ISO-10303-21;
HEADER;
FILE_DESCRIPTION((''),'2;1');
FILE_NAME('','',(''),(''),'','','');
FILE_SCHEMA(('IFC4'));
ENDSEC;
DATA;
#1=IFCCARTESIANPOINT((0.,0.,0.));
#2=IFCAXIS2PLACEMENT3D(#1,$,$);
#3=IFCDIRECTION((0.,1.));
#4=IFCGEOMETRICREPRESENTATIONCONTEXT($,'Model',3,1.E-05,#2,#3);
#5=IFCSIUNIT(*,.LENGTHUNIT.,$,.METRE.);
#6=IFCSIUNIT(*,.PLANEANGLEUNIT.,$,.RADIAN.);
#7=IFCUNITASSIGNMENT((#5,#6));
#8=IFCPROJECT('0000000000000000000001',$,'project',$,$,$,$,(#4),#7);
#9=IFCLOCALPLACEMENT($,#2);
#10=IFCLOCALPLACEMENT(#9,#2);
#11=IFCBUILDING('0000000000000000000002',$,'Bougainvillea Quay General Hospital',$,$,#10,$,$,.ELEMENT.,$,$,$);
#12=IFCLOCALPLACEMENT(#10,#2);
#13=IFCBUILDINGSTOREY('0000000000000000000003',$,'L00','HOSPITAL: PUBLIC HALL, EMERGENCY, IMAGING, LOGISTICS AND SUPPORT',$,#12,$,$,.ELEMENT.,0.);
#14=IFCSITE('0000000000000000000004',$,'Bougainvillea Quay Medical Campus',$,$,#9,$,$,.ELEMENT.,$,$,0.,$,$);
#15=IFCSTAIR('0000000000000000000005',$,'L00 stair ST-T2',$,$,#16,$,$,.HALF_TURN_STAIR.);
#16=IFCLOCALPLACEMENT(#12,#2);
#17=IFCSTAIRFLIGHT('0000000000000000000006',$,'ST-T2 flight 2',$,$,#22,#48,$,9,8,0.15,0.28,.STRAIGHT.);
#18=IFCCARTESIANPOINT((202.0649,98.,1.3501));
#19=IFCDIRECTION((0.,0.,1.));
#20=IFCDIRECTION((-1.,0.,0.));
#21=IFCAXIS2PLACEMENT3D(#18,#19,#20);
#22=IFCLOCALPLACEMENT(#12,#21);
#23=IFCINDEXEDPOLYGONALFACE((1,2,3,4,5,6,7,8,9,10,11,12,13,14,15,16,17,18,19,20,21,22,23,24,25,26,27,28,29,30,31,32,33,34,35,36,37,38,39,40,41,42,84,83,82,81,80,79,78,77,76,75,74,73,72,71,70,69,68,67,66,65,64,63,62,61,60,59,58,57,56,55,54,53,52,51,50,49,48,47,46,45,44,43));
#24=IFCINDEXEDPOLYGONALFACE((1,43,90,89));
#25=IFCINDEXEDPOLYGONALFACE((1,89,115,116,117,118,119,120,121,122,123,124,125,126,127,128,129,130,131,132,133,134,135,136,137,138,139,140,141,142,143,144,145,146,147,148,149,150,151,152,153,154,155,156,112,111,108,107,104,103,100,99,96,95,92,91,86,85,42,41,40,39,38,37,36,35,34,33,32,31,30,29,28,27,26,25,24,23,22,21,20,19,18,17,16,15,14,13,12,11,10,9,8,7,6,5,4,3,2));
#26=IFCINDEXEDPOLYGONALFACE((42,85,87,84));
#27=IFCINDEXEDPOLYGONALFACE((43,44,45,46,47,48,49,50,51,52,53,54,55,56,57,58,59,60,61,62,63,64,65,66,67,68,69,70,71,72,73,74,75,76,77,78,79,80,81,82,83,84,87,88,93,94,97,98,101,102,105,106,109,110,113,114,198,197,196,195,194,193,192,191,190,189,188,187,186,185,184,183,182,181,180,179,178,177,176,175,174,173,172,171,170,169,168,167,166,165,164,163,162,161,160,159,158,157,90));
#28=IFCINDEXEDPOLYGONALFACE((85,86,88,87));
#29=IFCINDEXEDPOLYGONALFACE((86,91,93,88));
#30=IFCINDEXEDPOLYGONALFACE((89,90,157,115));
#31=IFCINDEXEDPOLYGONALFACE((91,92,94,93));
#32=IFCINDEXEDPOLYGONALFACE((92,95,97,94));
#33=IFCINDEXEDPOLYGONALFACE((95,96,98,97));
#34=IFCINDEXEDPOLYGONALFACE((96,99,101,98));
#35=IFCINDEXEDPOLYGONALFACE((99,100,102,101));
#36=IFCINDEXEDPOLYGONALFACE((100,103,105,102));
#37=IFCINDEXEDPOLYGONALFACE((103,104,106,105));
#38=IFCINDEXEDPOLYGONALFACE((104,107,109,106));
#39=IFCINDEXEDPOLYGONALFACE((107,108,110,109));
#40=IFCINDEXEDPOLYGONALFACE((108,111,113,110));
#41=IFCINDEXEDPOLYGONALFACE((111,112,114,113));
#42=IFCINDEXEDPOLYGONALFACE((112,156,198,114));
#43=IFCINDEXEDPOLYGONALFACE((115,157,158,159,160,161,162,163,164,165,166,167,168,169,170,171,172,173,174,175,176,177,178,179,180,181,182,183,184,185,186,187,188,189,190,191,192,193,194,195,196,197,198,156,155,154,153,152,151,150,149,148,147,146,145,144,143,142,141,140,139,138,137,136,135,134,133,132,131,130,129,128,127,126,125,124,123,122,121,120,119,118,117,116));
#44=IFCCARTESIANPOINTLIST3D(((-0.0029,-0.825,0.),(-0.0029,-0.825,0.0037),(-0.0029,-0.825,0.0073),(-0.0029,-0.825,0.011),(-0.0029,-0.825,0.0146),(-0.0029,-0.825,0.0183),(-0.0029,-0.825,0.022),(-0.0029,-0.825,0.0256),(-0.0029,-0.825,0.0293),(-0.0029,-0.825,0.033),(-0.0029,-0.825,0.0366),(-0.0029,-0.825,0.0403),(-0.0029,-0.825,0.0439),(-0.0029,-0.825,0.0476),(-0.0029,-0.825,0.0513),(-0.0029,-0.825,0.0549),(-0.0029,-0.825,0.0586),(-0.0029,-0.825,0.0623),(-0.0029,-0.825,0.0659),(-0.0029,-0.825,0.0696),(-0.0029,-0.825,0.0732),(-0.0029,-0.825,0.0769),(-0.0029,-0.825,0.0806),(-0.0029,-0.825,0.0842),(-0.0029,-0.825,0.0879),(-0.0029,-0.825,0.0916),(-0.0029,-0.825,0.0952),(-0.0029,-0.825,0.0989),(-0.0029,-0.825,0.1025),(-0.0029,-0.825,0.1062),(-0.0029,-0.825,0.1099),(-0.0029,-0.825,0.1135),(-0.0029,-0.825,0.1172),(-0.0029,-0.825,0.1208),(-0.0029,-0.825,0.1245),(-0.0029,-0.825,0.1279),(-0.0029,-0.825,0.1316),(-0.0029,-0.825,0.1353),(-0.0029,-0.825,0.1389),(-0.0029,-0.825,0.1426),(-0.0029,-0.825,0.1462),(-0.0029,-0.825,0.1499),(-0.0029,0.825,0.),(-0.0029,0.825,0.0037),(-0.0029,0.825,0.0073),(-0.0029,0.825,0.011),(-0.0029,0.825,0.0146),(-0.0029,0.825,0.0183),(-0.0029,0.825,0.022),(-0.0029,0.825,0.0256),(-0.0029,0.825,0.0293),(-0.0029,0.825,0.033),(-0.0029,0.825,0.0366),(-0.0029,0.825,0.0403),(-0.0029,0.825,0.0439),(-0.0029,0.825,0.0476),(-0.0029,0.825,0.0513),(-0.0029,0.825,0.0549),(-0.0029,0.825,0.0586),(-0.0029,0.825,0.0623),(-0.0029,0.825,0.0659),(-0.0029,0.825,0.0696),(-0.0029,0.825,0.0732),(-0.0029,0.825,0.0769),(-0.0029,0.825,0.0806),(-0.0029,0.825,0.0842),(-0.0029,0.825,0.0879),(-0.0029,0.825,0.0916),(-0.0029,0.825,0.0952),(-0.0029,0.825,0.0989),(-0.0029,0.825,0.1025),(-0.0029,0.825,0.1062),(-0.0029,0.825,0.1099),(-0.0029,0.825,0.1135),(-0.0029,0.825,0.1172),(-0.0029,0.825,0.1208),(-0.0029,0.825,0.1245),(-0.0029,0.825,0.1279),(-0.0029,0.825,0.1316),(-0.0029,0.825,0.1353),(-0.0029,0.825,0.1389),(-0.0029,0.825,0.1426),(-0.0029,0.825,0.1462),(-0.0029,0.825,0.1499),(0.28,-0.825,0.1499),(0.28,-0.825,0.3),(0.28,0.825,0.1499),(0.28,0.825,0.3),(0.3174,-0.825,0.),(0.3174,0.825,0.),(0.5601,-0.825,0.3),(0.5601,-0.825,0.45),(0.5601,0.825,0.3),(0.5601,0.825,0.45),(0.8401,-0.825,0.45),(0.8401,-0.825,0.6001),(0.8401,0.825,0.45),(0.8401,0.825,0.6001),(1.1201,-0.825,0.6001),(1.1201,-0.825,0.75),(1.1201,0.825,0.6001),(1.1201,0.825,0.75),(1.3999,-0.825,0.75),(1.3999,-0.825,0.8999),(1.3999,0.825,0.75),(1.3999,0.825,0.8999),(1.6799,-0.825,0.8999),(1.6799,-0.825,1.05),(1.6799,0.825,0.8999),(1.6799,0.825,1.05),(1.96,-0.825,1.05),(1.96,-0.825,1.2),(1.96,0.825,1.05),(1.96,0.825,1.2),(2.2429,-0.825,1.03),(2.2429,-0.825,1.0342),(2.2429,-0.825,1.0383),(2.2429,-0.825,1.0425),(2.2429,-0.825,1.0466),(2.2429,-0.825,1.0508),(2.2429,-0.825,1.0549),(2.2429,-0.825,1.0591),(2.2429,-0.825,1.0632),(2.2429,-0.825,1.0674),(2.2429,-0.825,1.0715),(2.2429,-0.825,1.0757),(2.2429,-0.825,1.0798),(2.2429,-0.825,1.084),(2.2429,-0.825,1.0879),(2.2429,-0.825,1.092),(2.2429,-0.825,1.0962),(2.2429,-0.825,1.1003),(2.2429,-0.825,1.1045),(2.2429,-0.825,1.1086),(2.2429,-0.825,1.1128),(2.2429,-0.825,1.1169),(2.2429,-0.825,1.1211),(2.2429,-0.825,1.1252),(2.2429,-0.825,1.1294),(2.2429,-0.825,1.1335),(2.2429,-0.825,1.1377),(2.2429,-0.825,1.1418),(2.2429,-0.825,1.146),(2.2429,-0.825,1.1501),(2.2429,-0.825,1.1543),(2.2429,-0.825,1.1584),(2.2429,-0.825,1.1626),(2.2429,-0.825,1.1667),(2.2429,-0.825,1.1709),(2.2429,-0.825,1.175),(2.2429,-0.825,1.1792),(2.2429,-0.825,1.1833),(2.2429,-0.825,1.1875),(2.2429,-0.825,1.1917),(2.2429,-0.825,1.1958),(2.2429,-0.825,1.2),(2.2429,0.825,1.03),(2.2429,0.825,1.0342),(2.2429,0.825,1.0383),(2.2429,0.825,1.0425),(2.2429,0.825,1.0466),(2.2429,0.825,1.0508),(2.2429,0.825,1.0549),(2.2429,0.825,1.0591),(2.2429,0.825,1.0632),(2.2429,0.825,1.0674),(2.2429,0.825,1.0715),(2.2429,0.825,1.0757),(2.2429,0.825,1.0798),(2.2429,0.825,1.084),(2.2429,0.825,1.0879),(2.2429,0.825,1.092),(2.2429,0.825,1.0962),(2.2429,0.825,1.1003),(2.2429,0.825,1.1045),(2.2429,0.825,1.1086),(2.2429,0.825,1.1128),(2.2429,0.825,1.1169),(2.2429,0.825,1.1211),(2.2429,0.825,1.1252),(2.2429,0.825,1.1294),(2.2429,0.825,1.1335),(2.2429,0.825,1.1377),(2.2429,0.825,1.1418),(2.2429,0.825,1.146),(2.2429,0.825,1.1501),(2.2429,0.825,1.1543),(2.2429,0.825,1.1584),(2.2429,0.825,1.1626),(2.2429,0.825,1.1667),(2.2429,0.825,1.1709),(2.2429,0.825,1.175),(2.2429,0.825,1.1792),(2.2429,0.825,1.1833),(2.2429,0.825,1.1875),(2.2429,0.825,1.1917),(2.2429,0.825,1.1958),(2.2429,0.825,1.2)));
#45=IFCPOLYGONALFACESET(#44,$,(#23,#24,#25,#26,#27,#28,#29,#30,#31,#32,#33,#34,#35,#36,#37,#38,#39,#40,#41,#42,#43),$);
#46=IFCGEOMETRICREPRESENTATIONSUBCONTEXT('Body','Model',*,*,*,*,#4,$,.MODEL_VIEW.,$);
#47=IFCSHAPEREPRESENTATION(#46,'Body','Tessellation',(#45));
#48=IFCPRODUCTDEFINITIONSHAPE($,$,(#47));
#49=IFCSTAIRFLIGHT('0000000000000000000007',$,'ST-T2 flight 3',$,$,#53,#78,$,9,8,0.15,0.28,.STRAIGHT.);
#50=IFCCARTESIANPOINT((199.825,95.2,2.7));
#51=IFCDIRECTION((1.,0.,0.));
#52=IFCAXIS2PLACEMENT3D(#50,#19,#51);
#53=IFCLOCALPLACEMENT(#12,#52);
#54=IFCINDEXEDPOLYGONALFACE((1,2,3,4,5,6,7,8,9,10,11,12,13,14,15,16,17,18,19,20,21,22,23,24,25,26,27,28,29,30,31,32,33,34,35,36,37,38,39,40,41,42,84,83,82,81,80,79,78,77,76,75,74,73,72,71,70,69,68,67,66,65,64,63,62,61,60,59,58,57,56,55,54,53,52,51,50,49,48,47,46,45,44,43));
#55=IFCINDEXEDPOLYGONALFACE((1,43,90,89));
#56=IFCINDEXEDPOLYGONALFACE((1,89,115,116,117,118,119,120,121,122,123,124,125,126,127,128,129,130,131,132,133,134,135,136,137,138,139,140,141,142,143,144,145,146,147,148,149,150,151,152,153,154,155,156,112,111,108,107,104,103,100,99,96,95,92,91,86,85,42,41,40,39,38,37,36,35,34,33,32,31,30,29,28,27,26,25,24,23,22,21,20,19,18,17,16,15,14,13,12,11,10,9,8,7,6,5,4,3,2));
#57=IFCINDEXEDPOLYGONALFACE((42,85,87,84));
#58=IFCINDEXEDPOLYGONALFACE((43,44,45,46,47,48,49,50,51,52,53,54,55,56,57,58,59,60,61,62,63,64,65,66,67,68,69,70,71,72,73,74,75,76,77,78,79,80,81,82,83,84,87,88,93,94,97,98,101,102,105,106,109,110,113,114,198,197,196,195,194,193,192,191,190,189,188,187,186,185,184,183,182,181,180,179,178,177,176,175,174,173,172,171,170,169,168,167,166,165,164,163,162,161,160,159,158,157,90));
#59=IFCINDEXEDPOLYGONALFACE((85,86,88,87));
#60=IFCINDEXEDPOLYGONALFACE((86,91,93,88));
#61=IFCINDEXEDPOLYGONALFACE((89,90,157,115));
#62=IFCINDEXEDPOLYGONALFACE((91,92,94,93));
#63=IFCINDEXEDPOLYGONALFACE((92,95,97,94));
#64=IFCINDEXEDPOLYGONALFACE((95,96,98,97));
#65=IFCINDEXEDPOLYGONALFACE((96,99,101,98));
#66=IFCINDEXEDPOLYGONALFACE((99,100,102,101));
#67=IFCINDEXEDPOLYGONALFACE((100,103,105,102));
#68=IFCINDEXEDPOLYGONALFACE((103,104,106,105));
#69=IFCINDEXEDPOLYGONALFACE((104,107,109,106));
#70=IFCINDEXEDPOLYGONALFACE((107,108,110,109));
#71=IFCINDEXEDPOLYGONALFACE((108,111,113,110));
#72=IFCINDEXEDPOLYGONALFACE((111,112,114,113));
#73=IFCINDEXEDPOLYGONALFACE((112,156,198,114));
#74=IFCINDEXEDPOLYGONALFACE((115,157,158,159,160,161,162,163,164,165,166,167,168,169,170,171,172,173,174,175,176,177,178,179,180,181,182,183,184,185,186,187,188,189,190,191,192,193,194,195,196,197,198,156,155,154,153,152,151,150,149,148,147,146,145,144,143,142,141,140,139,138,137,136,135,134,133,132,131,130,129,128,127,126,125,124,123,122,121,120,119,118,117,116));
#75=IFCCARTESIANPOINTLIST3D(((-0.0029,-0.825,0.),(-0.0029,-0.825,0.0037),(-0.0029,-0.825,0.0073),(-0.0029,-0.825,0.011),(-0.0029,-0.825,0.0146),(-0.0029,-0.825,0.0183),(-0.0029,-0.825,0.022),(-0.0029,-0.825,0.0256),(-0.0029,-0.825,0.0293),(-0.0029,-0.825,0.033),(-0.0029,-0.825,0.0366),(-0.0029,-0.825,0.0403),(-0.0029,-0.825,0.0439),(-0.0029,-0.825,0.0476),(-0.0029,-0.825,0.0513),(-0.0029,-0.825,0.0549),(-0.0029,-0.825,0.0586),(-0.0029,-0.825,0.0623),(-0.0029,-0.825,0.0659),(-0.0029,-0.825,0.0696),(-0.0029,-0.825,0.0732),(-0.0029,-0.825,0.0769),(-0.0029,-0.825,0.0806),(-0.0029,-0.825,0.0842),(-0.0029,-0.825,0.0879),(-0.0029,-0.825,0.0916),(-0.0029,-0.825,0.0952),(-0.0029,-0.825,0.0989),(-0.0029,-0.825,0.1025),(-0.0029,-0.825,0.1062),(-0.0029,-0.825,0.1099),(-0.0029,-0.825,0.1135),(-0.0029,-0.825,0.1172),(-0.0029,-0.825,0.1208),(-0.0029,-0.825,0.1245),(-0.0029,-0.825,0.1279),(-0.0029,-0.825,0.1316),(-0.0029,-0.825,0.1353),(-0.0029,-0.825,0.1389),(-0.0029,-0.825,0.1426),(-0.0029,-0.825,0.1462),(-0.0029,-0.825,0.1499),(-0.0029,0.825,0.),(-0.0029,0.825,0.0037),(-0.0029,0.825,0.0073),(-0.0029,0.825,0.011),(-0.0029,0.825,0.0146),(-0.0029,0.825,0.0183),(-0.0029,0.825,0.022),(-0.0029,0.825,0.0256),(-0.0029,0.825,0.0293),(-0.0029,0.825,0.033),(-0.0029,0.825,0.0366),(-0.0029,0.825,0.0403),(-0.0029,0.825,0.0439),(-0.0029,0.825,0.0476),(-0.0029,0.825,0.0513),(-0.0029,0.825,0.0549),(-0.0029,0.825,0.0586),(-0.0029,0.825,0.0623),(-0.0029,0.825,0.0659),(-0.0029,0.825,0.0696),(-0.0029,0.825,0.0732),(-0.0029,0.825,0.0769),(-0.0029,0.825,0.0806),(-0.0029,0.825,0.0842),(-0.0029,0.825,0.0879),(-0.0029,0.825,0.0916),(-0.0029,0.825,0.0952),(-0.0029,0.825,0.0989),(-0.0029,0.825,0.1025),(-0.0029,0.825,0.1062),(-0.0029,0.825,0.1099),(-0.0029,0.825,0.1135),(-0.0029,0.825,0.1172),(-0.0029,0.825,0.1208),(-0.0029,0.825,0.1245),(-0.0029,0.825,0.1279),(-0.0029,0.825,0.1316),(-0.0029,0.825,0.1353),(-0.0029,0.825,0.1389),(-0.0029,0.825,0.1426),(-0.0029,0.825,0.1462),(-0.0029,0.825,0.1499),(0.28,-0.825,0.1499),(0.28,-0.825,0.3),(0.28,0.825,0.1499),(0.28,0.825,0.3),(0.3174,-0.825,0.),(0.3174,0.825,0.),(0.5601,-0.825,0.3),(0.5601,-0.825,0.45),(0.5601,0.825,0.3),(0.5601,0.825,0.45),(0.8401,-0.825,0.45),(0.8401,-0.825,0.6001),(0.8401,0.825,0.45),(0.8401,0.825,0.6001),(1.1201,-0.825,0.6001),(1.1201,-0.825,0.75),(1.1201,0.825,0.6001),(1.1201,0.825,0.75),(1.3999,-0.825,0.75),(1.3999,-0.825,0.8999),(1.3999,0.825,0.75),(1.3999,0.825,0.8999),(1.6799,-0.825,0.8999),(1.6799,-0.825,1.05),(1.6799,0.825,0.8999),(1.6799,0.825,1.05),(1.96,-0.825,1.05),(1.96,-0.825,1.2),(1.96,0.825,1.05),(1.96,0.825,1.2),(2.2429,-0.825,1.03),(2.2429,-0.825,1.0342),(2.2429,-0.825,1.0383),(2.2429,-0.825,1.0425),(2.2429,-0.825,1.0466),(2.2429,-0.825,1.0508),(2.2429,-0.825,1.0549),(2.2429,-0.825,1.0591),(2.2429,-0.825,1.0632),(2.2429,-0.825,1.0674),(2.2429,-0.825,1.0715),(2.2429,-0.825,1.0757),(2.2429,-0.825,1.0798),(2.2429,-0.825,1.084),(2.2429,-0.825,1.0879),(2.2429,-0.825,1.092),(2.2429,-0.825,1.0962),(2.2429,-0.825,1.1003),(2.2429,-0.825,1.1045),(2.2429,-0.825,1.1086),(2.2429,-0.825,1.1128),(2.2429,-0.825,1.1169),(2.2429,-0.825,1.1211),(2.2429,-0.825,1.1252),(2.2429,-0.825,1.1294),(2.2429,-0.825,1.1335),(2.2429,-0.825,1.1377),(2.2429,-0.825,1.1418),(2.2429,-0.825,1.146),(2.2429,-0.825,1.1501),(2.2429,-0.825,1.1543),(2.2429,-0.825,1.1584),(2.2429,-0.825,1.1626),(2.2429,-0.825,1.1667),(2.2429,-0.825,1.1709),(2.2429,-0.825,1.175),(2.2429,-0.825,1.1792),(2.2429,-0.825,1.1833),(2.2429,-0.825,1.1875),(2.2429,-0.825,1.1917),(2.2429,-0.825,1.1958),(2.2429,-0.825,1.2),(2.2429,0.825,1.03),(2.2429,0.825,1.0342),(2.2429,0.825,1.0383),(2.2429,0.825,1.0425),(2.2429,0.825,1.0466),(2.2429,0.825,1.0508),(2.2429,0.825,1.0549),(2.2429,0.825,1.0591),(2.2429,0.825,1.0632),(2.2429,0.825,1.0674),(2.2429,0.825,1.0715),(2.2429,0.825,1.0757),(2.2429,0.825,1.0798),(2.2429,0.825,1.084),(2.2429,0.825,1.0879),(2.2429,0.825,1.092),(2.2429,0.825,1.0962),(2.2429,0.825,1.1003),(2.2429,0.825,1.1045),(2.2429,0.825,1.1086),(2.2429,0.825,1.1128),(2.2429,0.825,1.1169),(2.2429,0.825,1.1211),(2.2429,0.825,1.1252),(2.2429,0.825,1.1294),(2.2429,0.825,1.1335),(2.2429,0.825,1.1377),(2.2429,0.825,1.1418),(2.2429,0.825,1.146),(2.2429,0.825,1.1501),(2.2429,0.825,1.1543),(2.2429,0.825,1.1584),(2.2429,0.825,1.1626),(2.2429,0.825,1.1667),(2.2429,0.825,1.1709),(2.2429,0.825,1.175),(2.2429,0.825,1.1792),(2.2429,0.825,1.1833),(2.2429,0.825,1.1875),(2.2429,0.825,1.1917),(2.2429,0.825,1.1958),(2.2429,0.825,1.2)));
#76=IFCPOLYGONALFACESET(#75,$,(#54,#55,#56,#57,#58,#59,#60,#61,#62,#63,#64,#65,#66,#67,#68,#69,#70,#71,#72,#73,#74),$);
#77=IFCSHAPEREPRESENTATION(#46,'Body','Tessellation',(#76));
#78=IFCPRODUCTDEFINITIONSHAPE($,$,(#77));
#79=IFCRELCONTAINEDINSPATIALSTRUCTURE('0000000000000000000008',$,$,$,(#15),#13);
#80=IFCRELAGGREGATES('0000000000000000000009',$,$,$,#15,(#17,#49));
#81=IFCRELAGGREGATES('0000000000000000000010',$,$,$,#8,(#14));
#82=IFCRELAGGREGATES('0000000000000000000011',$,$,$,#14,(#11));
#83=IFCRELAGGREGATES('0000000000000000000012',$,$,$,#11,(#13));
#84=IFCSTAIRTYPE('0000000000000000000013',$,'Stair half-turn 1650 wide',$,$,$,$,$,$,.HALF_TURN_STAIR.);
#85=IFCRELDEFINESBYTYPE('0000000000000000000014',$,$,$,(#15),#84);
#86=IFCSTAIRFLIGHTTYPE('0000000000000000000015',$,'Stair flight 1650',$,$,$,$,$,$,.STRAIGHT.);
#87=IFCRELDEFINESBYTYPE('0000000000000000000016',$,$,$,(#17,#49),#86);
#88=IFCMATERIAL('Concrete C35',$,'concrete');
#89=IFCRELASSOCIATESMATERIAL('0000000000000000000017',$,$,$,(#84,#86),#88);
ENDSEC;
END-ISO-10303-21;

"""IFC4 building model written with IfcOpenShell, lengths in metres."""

from ifc_helpers import new_model, si_unit, direction, frame, origin, place, context, subcontext, project, spatial, polyline, outline, extrude, material, type_object, element, aggregate, save


model = new_model("IFC4")

# Units and contexts
model_context = context("Model", 3, precision=1e-05, world=origin(), true_north=direction((0.0, 1.0)))
body_context = subcontext(model_context, "Body", "Model", "MODEL_VIEW")
ifc_project = project(units=[si_unit("LENGTHUNIT", "METRE"), si_unit("PLANEANGLEUNIT", "RADIAN")], contexts=[model_context])

# Site, building, storey
site_placement = place(None, origin())
site = spatial("IfcSite", under=ifc_project, at=site_placement, Name="Bougainvillea Quay Medical Campus", CompositionType="ELEMENT", RefElevation=0.0)
building_placement = place(site_placement, origin())
building = spatial("IfcBuilding", under=site, at=building_placement, Name="Bougainvillea Quay General Hospital", CompositionType="ELEMENT")
storey_placement = place(building_placement, origin())
storey = spatial("IfcBuildingStorey", under=building, at=storey_placement, Name="L00", Description="HOSPITAL: PUBLIC HALL, EMERGENCY, IMAGING, LOGISTICS AND SUPPORT", CompositionType="ELEMENT", Elevation=0.0)

# Stair, stair flights
ifc_material_1 = material(Name="Concrete C35", Category="concrete")
stair_type = type_object("IfcStairType", Name="Stair half-turn 1650 wide", PredefinedType="HALF_TURN_STAIR", material=ifc_material_1)
stair_placement = place(storey_placement, origin())
stair = element("IfcStair", 1, at=stair_placement, inside=storey, type_object=stair_type, Name="L00 stair ST-T2", PredefinedType="HALF_TURN_STAIR")
stair_flight_type = type_object("IfcStairFlightType", Name="Stair flight 1650", PredefinedType="STRAIGHT", material=ifc_material_1)
stair_flight_1_placement = place(storey_placement, frame((202.0649, 98.0, 1.3501), z_axis=(0.0, 0.0, 1.0), x_axis=(-1.0, 0.0, 0.0)))
stair_flight_1 = element("IfcStairFlight", 2, at=stair_flight_1_placement, type_object=stair_flight_type, Name="ST-T2 flight 2", NumberOfRisers=9, NumberOfTreads=8, PredefinedType="STRAIGHT", RiserHeight=0.15, TreadLength=0.28, context=body_context, shape_type="SweptSolid", body=[
    extrude(outline(polyline([(-0.0029, 0.0), (-0.0029, 0.0037), (-0.0029, 0.0073), (-0.0029, 0.011), (-0.0029, 0.0146), (-0.0029, 0.0183), (-0.0029, 0.022), (-0.0029, 0.0256), (-0.0029, 0.0293), (-0.0029, 0.033), (-0.0029, 0.0366), (-0.0029, 0.0403), (-0.0029, 0.0439), (-0.0029, 0.0476), (-0.0029, 0.0513), (-0.0029, 0.0549), (-0.0029, 0.0586), (-0.0029, 0.0623), (-0.0029, 0.0659), (-0.0029, 0.0696), (-0.0029, 0.0732), (-0.0029, 0.0769), (-0.0029, 0.0806), (-0.0029, 0.0842), (-0.0029, 0.0879), (-0.0029, 0.0916), (-0.0029, 0.0952), (-0.0029, 0.0989), (-0.0029, 0.1025), (-0.0029, 0.1062), (-0.0029, 0.1099), (-0.0029, 0.1135), (-0.0029, 0.1172), (-0.0029, 0.1208), (-0.0029, 0.1245), (-0.0029, 0.1279), (-0.0029, 0.1316), (-0.0029, 0.1353), (-0.0029, 0.1389), (-0.0029, 0.1426), (-0.0029, 0.1462), (-0.0029, 0.1499), (0.28, 0.1499), (0.28, 0.3), (0.5601, 0.3), (0.5601, 0.45), (0.8401, 0.45), (0.8401, 0.6001), (1.1201, 0.6001), (1.1201, 0.75), (1.3999, 0.75), (1.3999, 0.8999), (1.6799, 0.8999), (1.6799, 1.05), (1.96, 1.05), (1.96, 1.2), (2.2429, 1.2), (2.2429, 1.1958), (2.2429, 1.1917), (2.2429, 1.1875), (2.2429, 1.1833), (2.2429, 1.1792), (2.2429, 1.175), (2.2429, 1.1709), (2.2429, 1.1667), (2.2429, 1.1626), (2.2429, 1.1584), (2.2429, 1.1543), (2.2429, 1.1501), (2.2429, 1.146), (2.2429, 1.1418), (2.2429, 1.1377), (2.2429, 1.1335), (2.2429, 1.1294), (2.2429, 1.1252), (2.2429, 1.1211), (2.2429, 1.1169), (2.2429, 1.1128), (2.2429, 1.1086), (2.2429, 1.1045), (2.2429, 1.1003), (2.2429, 1.0962), (2.2429, 1.092), (2.2429, 1.0879), (2.2429, 1.084), (2.2429, 1.0798), (2.2429, 1.0757), (2.2429, 1.0715), (2.2429, 1.0674), (2.2429, 1.0632), (2.2429, 1.0591), (2.2429, 1.0549), (2.2429, 1.0508), (2.2429, 1.0466), (2.2429, 1.0425), (2.2429, 1.0383), (2.2429, 1.0342), (2.2429, 1.03), (0.3174, 0.0), (-0.0029, 0.0)])), frame((0.0, 0.825, 0.0), z_axis=(0.0, -1.0, 0.0), x_axis=(1.0, 0.0, 0.0)), (0.0, 0.0, 1.0), 1.6499),
])
stair_flight_2_placement = place(storey_placement, frame((199.825, 95.2, 2.7), z_axis=(0.0, 0.0, 1.0), x_axis=(1.0, 0.0, 0.0)))
stair_flight_2 = element("IfcStairFlight", 3, at=stair_flight_2_placement, type_object=stair_flight_type, Name="ST-T2 flight 3", NumberOfRisers=9, NumberOfTreads=8, PredefinedType="STRAIGHT", RiserHeight=0.15, TreadLength=0.28, context=body_context, shape_type="SweptSolid", body=[
    extrude(outline(polyline([(-0.0029, 0.0), (-0.0029, 0.0037), (-0.0029, 0.0073), (-0.0029, 0.011), (-0.0029, 0.0146), (-0.0029, 0.0183), (-0.0029, 0.022), (-0.0029, 0.0256), (-0.0029, 0.0293), (-0.0029, 0.033), (-0.0029, 0.0366), (-0.0029, 0.0403), (-0.0029, 0.0439), (-0.0029, 0.0476), (-0.0029, 0.0513), (-0.0029, 0.0549), (-0.0029, 0.0586), (-0.0029, 0.0623), (-0.0029, 0.0659), (-0.0029, 0.0696), (-0.0029, 0.0732), (-0.0029, 0.0769), (-0.0029, 0.0806), (-0.0029, 0.0842), (-0.0029, 0.0879), (-0.0029, 0.0916), (-0.0029, 0.0952), (-0.0029, 0.0989), (-0.0029, 0.1025), (-0.0029, 0.1062), (-0.0029, 0.1099), (-0.0029, 0.1135), (-0.0029, 0.1172), (-0.0029, 0.1208), (-0.0029, 0.1245), (-0.0029, 0.1279), (-0.0029, 0.1316), (-0.0029, 0.1353), (-0.0029, 0.1389), (-0.0029, 0.1426), (-0.0029, 0.1462), (-0.0029, 0.1499), (0.28, 0.1499), (0.28, 0.3), (0.5601, 0.3), (0.5601, 0.45), (0.8401, 0.45), (0.8401, 0.6001), (1.1201, 0.6001), (1.1201, 0.75), (1.3999, 0.75), (1.3999, 0.8999), (1.6799, 0.8999), (1.6799, 1.05), (1.96, 1.05), (1.96, 1.2), (2.2429, 1.2), (2.2429, 1.1958), (2.2429, 1.1917), (2.2429, 1.1875), (2.2429, 1.1833), (2.2429, 1.1792), (2.2429, 1.175), (2.2429, 1.1709), (2.2429, 1.1667), (2.2429, 1.1626), (2.2429, 1.1584), (2.2429, 1.1543), (2.2429, 1.1501), (2.2429, 1.146), (2.2429, 1.1418), (2.2429, 1.1377), (2.2429, 1.1335), (2.2429, 1.1294), (2.2429, 1.1252), (2.2429, 1.1211), (2.2429, 1.1169), (2.2429, 1.1128), (2.2429, 1.1086), (2.2429, 1.1045), (2.2429, 1.1003), (2.2429, 1.0962), (2.2429, 1.092), (2.2429, 1.0879), (2.2429, 1.084), (2.2429, 1.0798), (2.2429, 1.0757), (2.2429, 1.0715), (2.2429, 1.0674), (2.2429, 1.0632), (2.2429, 1.0591), (2.2429, 1.0549), (2.2429, 1.0508), (2.2429, 1.0466), (2.2429, 1.0425), (2.2429, 1.0383), (2.2429, 1.0342), (2.2429, 1.03), (0.3174, 0.0), (-0.0029, 0.0)])), frame((0.0, 0.825, 0.0), z_axis=(0.0, -1.0, 0.0), x_axis=(1.0, 0.0, 0.0)), (0.0, 0.0, 1.0), 1.6499),
])
aggregate(stair, [stair_flight_1, stair_flight_2])

save(model, "model.ifc")
